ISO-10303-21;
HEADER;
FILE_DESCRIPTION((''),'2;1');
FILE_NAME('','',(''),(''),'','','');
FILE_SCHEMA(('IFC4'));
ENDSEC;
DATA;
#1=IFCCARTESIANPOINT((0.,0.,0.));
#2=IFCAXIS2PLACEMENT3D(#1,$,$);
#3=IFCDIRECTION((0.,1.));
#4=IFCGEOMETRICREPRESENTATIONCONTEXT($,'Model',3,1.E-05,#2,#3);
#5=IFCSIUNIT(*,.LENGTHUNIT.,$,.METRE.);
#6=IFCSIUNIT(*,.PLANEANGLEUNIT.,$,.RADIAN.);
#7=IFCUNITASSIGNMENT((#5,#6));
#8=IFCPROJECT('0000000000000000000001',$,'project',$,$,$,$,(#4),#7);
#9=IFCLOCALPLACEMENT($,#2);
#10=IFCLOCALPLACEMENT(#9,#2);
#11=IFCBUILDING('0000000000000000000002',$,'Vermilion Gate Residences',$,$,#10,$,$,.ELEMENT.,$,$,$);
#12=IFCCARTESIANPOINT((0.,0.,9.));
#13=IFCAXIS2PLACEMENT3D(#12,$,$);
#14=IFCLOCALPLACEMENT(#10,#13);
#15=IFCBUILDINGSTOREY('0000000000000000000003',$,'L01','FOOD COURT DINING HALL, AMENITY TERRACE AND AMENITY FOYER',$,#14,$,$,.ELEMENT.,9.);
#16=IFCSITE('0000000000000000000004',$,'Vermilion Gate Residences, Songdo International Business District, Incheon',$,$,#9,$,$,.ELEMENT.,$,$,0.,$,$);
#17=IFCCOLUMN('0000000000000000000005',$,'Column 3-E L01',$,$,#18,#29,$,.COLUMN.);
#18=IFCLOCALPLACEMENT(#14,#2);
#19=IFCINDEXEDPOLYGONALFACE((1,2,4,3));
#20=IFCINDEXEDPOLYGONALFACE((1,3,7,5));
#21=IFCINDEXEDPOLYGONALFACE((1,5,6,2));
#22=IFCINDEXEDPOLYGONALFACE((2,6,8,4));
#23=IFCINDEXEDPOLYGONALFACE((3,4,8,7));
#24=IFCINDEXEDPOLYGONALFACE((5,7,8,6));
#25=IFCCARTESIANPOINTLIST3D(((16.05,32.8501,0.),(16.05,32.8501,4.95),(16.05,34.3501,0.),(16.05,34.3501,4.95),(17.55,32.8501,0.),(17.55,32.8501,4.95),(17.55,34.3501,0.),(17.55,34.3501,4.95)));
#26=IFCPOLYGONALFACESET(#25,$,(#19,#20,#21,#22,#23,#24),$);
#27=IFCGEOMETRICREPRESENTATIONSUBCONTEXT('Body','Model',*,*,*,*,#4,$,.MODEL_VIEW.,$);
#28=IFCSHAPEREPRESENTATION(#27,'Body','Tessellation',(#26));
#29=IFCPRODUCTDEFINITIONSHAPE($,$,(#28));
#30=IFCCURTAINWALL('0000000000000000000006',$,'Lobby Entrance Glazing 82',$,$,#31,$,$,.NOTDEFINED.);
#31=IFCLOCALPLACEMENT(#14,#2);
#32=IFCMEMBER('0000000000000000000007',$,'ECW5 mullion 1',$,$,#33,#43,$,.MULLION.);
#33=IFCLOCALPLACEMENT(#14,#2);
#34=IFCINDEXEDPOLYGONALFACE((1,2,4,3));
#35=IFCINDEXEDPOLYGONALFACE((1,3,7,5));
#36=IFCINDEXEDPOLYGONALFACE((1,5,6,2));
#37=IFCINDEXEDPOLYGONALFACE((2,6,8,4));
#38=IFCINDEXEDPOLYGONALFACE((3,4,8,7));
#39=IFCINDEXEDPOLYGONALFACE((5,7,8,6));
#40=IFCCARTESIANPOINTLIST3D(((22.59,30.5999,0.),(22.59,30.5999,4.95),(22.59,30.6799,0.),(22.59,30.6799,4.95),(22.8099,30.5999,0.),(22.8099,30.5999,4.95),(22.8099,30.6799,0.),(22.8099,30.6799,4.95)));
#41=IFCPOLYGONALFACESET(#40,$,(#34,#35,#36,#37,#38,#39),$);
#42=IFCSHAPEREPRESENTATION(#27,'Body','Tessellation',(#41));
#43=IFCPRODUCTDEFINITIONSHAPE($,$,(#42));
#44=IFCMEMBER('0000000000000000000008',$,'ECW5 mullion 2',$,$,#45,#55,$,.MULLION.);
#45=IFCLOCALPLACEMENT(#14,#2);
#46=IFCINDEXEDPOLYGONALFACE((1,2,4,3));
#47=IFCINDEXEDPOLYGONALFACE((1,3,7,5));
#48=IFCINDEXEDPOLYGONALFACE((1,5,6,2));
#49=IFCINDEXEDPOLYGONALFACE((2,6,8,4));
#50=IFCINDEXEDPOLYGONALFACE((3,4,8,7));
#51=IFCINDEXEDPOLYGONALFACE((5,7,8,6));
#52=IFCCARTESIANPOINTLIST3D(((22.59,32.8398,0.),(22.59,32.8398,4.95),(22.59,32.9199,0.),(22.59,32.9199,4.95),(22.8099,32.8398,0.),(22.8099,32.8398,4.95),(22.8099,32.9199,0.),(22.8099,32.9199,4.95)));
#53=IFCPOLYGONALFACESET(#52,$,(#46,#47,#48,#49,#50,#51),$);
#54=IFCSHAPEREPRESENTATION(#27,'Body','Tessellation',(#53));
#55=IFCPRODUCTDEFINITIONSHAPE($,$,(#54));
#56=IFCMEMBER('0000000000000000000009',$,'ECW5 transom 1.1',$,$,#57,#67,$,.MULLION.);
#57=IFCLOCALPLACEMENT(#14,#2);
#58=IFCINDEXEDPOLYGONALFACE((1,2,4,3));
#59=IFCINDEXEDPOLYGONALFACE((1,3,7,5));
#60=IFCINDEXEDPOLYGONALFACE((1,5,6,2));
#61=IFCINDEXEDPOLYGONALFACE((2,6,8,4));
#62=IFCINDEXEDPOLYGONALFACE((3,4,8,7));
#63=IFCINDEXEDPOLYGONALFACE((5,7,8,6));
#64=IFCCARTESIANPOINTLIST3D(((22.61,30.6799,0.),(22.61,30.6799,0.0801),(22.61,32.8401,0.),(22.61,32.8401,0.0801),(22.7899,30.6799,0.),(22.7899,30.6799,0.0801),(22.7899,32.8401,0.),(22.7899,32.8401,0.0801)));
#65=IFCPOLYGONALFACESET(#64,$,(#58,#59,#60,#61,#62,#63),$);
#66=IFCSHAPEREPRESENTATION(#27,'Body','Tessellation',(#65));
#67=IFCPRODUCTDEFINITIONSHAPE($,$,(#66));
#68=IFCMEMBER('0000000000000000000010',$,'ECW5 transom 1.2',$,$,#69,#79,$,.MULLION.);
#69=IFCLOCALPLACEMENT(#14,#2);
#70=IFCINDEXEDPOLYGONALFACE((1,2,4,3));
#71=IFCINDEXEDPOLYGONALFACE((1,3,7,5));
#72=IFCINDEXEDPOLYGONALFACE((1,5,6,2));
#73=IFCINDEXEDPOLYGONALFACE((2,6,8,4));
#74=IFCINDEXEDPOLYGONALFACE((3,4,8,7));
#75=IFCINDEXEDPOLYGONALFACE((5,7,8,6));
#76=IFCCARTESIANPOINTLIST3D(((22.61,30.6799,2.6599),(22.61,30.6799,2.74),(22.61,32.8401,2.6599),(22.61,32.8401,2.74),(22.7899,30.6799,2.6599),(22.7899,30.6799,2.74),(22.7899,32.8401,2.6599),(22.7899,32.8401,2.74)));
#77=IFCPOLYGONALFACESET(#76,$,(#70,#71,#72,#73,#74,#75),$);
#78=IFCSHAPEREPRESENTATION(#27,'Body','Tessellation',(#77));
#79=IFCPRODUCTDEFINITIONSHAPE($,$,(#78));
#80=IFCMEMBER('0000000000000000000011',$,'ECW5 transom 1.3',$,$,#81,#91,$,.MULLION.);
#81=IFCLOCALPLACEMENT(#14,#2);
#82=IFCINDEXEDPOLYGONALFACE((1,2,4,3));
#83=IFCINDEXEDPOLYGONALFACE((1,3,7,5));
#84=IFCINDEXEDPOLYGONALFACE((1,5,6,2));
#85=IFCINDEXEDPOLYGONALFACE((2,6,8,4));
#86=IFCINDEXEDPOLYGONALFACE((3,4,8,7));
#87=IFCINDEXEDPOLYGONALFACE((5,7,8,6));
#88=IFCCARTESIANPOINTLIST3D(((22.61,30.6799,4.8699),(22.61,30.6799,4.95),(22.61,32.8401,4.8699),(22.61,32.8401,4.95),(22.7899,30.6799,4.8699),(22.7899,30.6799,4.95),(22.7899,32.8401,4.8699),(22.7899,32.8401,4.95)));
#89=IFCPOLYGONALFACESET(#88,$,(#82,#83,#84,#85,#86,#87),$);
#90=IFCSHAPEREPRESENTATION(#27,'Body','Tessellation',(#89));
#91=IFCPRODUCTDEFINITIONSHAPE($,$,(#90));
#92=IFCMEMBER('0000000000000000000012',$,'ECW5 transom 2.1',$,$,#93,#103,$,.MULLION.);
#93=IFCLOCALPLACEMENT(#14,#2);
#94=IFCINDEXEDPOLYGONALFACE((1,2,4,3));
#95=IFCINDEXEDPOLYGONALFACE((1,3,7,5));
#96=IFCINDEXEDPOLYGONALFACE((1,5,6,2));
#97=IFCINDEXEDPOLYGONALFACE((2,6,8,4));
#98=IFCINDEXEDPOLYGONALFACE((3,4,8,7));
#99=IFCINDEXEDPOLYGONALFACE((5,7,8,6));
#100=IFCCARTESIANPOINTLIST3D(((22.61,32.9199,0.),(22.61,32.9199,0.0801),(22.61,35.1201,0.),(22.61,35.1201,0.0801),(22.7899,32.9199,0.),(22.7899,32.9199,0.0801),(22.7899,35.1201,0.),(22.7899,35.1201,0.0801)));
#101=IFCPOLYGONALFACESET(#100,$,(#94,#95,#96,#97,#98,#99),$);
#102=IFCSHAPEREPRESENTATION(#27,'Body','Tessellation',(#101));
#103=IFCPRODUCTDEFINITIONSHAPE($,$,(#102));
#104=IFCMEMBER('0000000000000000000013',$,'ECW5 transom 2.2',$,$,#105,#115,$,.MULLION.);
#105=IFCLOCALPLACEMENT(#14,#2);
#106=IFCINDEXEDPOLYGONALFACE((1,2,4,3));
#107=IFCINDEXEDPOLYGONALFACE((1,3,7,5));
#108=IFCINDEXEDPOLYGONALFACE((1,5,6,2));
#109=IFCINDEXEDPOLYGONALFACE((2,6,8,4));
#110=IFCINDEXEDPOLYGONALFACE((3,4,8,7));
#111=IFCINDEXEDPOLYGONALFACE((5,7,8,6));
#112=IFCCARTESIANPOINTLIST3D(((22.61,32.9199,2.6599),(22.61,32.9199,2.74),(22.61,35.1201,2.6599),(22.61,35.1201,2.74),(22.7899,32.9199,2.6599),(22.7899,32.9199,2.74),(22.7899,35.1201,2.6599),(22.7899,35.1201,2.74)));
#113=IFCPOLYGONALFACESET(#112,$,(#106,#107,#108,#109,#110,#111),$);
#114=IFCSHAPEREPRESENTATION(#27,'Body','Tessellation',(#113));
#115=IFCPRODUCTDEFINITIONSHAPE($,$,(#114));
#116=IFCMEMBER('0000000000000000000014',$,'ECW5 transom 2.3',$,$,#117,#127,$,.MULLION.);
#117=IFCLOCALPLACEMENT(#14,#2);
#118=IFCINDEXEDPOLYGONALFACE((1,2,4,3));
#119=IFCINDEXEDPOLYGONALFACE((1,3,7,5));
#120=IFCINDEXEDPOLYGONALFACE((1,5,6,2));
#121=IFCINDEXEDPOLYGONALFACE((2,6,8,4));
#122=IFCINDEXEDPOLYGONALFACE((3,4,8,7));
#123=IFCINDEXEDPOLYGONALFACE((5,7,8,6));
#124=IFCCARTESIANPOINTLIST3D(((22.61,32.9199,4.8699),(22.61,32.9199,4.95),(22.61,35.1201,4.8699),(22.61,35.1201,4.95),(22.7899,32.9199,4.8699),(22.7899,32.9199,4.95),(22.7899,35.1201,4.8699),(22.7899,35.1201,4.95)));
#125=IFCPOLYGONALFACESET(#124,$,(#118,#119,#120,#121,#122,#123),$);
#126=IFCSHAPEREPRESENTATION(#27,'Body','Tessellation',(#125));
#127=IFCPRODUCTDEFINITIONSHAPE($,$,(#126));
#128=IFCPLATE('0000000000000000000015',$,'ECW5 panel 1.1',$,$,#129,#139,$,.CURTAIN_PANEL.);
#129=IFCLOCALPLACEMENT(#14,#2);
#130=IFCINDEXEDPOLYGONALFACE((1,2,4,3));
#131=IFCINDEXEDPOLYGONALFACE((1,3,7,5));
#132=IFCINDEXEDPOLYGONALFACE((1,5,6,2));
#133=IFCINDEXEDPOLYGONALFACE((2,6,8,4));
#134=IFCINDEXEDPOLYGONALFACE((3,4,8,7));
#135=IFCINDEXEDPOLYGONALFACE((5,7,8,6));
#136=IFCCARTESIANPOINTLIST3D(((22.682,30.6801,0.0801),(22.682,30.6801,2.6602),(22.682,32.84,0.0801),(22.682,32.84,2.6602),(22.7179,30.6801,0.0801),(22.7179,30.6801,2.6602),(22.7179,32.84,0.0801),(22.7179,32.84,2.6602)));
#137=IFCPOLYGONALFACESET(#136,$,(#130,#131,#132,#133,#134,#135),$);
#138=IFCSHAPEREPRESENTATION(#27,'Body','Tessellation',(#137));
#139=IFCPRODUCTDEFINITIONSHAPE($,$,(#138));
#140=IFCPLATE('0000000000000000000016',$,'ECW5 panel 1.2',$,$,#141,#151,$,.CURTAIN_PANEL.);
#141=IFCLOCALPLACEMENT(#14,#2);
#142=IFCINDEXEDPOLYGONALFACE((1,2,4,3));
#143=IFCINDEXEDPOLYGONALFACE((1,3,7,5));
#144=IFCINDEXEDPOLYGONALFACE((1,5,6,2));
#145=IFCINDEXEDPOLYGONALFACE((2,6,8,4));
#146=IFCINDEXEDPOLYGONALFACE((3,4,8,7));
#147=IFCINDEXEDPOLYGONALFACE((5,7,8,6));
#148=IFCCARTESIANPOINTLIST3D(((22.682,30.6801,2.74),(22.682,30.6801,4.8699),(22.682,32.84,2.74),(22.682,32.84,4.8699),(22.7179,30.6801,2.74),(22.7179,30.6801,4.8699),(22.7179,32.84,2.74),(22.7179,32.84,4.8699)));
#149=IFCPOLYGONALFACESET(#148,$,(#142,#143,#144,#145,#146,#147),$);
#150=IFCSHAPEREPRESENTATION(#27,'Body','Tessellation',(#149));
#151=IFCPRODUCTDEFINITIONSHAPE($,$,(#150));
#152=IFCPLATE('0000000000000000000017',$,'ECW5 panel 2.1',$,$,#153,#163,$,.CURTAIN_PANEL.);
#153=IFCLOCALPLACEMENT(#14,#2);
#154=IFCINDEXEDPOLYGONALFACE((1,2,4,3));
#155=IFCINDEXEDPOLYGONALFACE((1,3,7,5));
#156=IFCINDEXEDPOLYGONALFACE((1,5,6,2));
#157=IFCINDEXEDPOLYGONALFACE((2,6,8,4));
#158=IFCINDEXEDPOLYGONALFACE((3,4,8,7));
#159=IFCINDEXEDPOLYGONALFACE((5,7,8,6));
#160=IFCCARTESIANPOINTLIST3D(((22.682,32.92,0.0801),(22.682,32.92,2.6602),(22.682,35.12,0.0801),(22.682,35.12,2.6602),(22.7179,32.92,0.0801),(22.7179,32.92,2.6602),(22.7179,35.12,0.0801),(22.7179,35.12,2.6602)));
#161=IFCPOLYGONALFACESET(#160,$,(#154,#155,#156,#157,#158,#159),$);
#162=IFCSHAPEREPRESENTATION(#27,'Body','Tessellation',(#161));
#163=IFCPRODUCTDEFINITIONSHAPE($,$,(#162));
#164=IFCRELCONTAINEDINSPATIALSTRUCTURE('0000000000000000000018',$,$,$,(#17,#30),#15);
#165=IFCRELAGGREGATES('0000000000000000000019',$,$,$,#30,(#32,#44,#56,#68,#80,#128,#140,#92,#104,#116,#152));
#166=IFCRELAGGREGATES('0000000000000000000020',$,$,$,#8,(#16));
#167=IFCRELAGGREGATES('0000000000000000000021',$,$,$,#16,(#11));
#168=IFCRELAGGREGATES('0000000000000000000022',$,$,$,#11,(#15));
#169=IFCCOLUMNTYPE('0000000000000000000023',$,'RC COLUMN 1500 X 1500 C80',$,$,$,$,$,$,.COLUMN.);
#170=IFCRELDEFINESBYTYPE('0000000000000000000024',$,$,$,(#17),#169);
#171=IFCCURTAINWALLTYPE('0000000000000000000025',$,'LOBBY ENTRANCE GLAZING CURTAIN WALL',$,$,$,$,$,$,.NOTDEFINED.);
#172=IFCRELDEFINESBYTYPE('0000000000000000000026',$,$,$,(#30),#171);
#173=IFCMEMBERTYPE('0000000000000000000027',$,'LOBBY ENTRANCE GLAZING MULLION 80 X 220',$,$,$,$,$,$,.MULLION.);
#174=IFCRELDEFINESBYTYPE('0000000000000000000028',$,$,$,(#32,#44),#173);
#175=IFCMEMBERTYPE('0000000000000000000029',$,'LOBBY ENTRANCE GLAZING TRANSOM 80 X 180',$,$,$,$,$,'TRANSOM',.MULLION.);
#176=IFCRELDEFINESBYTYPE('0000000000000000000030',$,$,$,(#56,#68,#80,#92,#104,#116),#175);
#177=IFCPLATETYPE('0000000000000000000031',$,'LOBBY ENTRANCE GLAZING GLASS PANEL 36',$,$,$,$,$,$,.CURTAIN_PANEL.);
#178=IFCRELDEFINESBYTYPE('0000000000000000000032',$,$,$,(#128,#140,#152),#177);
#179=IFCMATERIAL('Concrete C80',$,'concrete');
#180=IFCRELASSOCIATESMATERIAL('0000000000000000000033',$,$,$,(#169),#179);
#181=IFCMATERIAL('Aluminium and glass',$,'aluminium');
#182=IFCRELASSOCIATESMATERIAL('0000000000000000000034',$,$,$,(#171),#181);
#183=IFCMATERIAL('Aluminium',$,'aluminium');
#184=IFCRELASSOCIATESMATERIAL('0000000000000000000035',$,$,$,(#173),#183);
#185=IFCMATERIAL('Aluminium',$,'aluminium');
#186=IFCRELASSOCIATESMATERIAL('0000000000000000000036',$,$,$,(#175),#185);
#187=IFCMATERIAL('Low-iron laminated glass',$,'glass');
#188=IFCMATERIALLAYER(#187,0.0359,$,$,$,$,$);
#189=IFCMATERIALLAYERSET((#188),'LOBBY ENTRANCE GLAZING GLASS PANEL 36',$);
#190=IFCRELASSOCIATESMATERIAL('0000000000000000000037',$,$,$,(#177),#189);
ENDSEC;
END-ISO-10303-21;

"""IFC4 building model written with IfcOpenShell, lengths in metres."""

from ifc_helpers import new_model, si_unit, direction, frame, origin, origin_2d, place, context, subcontext, project, spatial, rectangle, extrude, material, layer, layer_set, material_profile, profile_set, type_object, element, aggregate, save


model = new_model("IFC4")

# Units and contexts
model_context = context("Model", 3, precision=1e-05, world=origin(), true_north=direction((0.0, 1.0)))
body_context = subcontext(model_context, "Body", "Model", "MODEL_VIEW")
ifc_project = project(units=[si_unit("LENGTHUNIT", "METRE"), si_unit("PLANEANGLEUNIT", "RADIAN")], contexts=[model_context])

# Site, building, storey
site_placement = place(None, origin())
site = spatial("IfcSite", under=ifc_project, at=site_placement, Name="Vermilion Gate Residences, Songdo International Business District, Incheon", CompositionType="ELEMENT", RefElevation=0.0)
building_placement = place(site_placement, origin())
building = spatial("IfcBuilding", under=site, at=building_placement, Name="Vermilion Gate Residences", CompositionType="ELEMENT")
storey_placement = place(building_placement, frame((0.0, 0.0, 9.0)))
storey = spatial("IfcBuildingStorey", under=building, at=storey_placement, Name="L01", Description="FOOD COURT DINING HALL, AMENITY TERRACE AND AMENITY FOYER", CompositionType="ELEMENT", Elevation=9.0)

# Column
ifc_material_1 = material(Name="Concrete C80", Category="concrete")
ifc_material_profile_1 = material_profile(ifc_material_1, rectangle(XDim=1.5, YDim=1.5, at=origin_2d()), Name="RC-1500x1500")
ifc_profile_set_1 = profile_set([ifc_material_profile_1], Name="Concrete C80")
column_type = type_object("IfcColumnType", Name="RC COLUMN 1500 X 1500 C80", PredefinedType="COLUMN", material=ifc_profile_set_1)
column_placement = place(storey_placement, frame((16.8, 33.6001, 0.0), z_axis=(0.0, 0.0, 1.0), x_axis=(1.0, 0.0, 0.0)))
element("IfcColumn", 1, at=column_placement, inside=storey, type_object=column_type, Name="Column 3-E L01", PredefinedType="COLUMN", context=body_context, shape_type="SweptSolid", body=[
    extrude(rectangle(XDim=1.5, YDim=1.5, at=origin_2d()), origin(), (0.0, 0.0, 1.0), 4.95),
])

# Curtain wall, members, plates
ifc_material_2 = material(Name="Aluminium and glass", Category="aluminium")
curtain_wall_type = type_object("IfcCurtainWallType", Name="LOBBY ENTRANCE GLAZING CURTAIN WALL", PredefinedType="NOTDEFINED", material=ifc_material_2)
curtain_wall_placement = place(storey_placement, origin())
curtain_wall = element("IfcCurtainWall", 2, at=curtain_wall_placement, inside=storey, type_object=curtain_wall_type, Name="Lobby Entrance Glazing 82", PredefinedType="NOTDEFINED")
ifc_material_3 = material(Name="Aluminium", Category="aluminium")
ifc_material_profile_2 = material_profile(ifc_material_3, rectangle(XDim=0.22, YDim=0.0801, at=origin_2d()), Name="MULLION 80 X 220")
ifc_profile_set_2 = profile_set([ifc_material_profile_2], Name="Aluminium")
member_type_1 = type_object("IfcMemberType", Name="LOBBY ENTRANCE GLAZING MULLION 80 X 220", PredefinedType="MULLION", material=ifc_profile_set_2)
member_1_placement = place(storey_placement, frame((22.7, 30.6399, 0.0), z_axis=(0.0, 0.0, 1.0), x_axis=(-1.0, 0.0, 0.0)))
member_1 = element("IfcMember", 3, at=member_1_placement, type_object=member_type_1, Name="ECW5 mullion 1", PredefinedType="MULLION", context=body_context, shape_type="SweptSolid", body=[
    extrude(rectangle(XDim=0.22, YDim=0.0801, at=origin_2d()), origin(), (0.0, 0.0, 1.0), 4.95),
])
member_2_placement = place(storey_placement, frame((22.7, 32.8799, 0.0), z_axis=(0.0, 0.0, 1.0), x_axis=(-1.0, 0.0, 0.0)))
member_2 = element("IfcMember", 4, at=member_2_placement, type_object=member_type_1, Name="ECW5 mullion 2", PredefinedType="MULLION", context=body_context, shape_type="SweptSolid", body=[
    extrude(rectangle(XDim=0.22, YDim=0.0801, at=origin_2d()), origin(), (0.0, 0.0, 1.0), 4.95),
])
ifc_material_4 = material(Name="Aluminium", Category="aluminium")
ifc_material_profile_3 = material_profile(ifc_material_4, rectangle(XDim=0.1799, YDim=0.0801, at=origin_2d()), Name="TRANSOM 80 X 180")
ifc_profile_set_3 = profile_set([ifc_material_profile_3], Name="Aluminium")
member_type_2 = type_object("IfcMemberType", Name="LOBBY ENTRANCE GLAZING TRANSOM 80 X 180", ElementType="TRANSOM", PredefinedType="MULLION", material=ifc_profile_set_3)
member_3_placement = place(storey_placement, frame((22.7, 30.6799, 0.04), z_axis=(0.0, 1.0, 0.0), x_axis=(-1.0, 0.0, 0.0)))
member_3 = element("IfcMember", 5, at=member_3_placement, type_object=member_type_2, Name="ECW5 transom 1.1", PredefinedType="MULLION", context=body_context, shape_type="SweptSolid", body=[
    extrude(rectangle(XDim=0.1799, YDim=0.0801, at=origin_2d()), origin(), (0.0, 0.0, 1.0), 2.1602),
])
member_4_placement = place(storey_placement, frame((22.7, 30.6799, 2.7), z_axis=(0.0, 1.0, 0.0), x_axis=(-1.0, 0.0, 0.0)))
member_4 = element("IfcMember", 6, at=member_4_placement, type_object=member_type_2, Name="ECW5 transom 1.2", PredefinedType="MULLION", context=body_context, shape_type="SweptSolid", body=[
    extrude(rectangle(XDim=0.1799, YDim=0.0801, at=origin_2d()), origin(), (0.0, 0.0, 1.0), 2.1602),
])
member_5_placement = place(storey_placement, frame((22.7, 30.6799, 4.9099), z_axis=(0.0, 1.0, 0.0), x_axis=(-1.0, 0.0, 0.0)))
member_5 = element("IfcMember", 7, at=member_5_placement, type_object=member_type_2, Name="ECW5 transom 1.3", PredefinedType="MULLION", context=body_context, shape_type="SweptSolid", body=[
    extrude(rectangle(XDim=0.1799, YDim=0.0801, at=origin_2d()), origin(), (0.0, 0.0, 1.0), 2.1602),
])
member_6_placement = place(storey_placement, frame((22.7, 32.9199, 0.04), z_axis=(0.0, 1.0, 0.0), x_axis=(-1.0, 0.0, 0.0)))
member_6 = element("IfcMember", 8, at=member_6_placement, type_object=member_type_2, Name="ECW5 transom 2.1", PredefinedType="MULLION", context=body_context, shape_type="SweptSolid", body=[
    extrude(rectangle(XDim=0.1799, YDim=0.0801, at=origin_2d()), origin(), (0.0, 0.0, 1.0), 2.2002),
])
member_7_placement = place(storey_placement, frame((22.7, 32.9199, 2.7), z_axis=(0.0, 1.0, 0.0), x_axis=(-1.0, 0.0, 0.0)))
member_7 = element("IfcMember", 9, at=member_7_placement, type_object=member_type_2, Name="ECW5 transom 2.2", PredefinedType="MULLION", context=body_context, shape_type="SweptSolid", body=[
    extrude(rectangle(XDim=0.1799, YDim=0.0801, at=origin_2d()), origin(), (0.0, 0.0, 1.0), 2.2002),
])
member_8_placement = place(storey_placement, frame((22.7, 32.9199, 4.9099), z_axis=(0.0, 1.0, 0.0), x_axis=(-1.0, 0.0, 0.0)))
member_8 = element("IfcMember", 10, at=member_8_placement, type_object=member_type_2, Name="ECW5 transom 2.3", PredefinedType="MULLION", context=body_context, shape_type="SweptSolid", body=[
    extrude(rectangle(XDim=0.1799, YDim=0.0801, at=origin_2d()), origin(), (0.0, 0.0, 1.0), 2.2002),
])
ifc_material_5 = material(Name="Low-iron laminated glass", Category="glass")
ifc_layer_1 = layer(ifc_material_5, 0.0359)
ifc_layer_set_1 = layer_set([ifc_layer_1], Name="LOBBY ENTRANCE GLAZING GLASS PANEL 36")
plate_type = type_object("IfcPlateType", Name="LOBBY ENTRANCE GLAZING GLASS PANEL 36", PredefinedType="CURTAIN_PANEL", material=ifc_layer_set_1)
plate_1_placement = place(storey_placement, frame((22.7, 31.76, 0.0801), z_axis=(0.0, 0.0, 1.0), x_axis=(0.0, 1.0, 0.0)))
plate_1 = element("IfcPlate", 11, at=plate_1_placement, type_object=plate_type, Name="ECW5 panel 1.1", PredefinedType="CURTAIN_PANEL", context=body_context, shape_type="SweptSolid", body=[
    extrude(rectangle(XDim=2.1599, YDim=0.0359, at=origin_2d()), origin(), (0.0, 0.0, 1.0), 2.5801),
])
plate_2_placement = place(storey_placement, frame((22.7, 31.76, 2.74), z_axis=(0.0, 0.0, 1.0), x_axis=(0.0, 1.0, 0.0)))
plate_2 = element("IfcPlate", 12, at=plate_2_placement, type_object=plate_type, Name="ECW5 panel 1.2", PredefinedType="CURTAIN_PANEL", context=body_context, shape_type="SweptSolid", body=[
    extrude(rectangle(XDim=2.1599, YDim=0.0359, at=origin_2d()), origin(), (0.0, 0.0, 1.0), 2.1299),
])
plate_3_placement = place(storey_placement, frame((22.7, 34.02, 0.0801), z_axis=(0.0, 0.0, 1.0), x_axis=(0.0, 1.0, 0.0)))
plate_3 = element("IfcPlate", 13, at=plate_3_placement, type_object=plate_type, Name="ECW5 panel 2.1", PredefinedType="CURTAIN_PANEL", context=body_context, shape_type="SweptSolid", body=[
    extrude(rectangle(XDim=2.2, YDim=0.0359, at=origin_2d()), origin(), (0.0, 0.0, 1.0), 2.5801),
])
aggregate(curtain_wall, [member_1, member_2, member_3, member_4, member_5, plate_1, plate_2, member_6, member_7, member_8, plate_3])

save(model, "model.ifc")
